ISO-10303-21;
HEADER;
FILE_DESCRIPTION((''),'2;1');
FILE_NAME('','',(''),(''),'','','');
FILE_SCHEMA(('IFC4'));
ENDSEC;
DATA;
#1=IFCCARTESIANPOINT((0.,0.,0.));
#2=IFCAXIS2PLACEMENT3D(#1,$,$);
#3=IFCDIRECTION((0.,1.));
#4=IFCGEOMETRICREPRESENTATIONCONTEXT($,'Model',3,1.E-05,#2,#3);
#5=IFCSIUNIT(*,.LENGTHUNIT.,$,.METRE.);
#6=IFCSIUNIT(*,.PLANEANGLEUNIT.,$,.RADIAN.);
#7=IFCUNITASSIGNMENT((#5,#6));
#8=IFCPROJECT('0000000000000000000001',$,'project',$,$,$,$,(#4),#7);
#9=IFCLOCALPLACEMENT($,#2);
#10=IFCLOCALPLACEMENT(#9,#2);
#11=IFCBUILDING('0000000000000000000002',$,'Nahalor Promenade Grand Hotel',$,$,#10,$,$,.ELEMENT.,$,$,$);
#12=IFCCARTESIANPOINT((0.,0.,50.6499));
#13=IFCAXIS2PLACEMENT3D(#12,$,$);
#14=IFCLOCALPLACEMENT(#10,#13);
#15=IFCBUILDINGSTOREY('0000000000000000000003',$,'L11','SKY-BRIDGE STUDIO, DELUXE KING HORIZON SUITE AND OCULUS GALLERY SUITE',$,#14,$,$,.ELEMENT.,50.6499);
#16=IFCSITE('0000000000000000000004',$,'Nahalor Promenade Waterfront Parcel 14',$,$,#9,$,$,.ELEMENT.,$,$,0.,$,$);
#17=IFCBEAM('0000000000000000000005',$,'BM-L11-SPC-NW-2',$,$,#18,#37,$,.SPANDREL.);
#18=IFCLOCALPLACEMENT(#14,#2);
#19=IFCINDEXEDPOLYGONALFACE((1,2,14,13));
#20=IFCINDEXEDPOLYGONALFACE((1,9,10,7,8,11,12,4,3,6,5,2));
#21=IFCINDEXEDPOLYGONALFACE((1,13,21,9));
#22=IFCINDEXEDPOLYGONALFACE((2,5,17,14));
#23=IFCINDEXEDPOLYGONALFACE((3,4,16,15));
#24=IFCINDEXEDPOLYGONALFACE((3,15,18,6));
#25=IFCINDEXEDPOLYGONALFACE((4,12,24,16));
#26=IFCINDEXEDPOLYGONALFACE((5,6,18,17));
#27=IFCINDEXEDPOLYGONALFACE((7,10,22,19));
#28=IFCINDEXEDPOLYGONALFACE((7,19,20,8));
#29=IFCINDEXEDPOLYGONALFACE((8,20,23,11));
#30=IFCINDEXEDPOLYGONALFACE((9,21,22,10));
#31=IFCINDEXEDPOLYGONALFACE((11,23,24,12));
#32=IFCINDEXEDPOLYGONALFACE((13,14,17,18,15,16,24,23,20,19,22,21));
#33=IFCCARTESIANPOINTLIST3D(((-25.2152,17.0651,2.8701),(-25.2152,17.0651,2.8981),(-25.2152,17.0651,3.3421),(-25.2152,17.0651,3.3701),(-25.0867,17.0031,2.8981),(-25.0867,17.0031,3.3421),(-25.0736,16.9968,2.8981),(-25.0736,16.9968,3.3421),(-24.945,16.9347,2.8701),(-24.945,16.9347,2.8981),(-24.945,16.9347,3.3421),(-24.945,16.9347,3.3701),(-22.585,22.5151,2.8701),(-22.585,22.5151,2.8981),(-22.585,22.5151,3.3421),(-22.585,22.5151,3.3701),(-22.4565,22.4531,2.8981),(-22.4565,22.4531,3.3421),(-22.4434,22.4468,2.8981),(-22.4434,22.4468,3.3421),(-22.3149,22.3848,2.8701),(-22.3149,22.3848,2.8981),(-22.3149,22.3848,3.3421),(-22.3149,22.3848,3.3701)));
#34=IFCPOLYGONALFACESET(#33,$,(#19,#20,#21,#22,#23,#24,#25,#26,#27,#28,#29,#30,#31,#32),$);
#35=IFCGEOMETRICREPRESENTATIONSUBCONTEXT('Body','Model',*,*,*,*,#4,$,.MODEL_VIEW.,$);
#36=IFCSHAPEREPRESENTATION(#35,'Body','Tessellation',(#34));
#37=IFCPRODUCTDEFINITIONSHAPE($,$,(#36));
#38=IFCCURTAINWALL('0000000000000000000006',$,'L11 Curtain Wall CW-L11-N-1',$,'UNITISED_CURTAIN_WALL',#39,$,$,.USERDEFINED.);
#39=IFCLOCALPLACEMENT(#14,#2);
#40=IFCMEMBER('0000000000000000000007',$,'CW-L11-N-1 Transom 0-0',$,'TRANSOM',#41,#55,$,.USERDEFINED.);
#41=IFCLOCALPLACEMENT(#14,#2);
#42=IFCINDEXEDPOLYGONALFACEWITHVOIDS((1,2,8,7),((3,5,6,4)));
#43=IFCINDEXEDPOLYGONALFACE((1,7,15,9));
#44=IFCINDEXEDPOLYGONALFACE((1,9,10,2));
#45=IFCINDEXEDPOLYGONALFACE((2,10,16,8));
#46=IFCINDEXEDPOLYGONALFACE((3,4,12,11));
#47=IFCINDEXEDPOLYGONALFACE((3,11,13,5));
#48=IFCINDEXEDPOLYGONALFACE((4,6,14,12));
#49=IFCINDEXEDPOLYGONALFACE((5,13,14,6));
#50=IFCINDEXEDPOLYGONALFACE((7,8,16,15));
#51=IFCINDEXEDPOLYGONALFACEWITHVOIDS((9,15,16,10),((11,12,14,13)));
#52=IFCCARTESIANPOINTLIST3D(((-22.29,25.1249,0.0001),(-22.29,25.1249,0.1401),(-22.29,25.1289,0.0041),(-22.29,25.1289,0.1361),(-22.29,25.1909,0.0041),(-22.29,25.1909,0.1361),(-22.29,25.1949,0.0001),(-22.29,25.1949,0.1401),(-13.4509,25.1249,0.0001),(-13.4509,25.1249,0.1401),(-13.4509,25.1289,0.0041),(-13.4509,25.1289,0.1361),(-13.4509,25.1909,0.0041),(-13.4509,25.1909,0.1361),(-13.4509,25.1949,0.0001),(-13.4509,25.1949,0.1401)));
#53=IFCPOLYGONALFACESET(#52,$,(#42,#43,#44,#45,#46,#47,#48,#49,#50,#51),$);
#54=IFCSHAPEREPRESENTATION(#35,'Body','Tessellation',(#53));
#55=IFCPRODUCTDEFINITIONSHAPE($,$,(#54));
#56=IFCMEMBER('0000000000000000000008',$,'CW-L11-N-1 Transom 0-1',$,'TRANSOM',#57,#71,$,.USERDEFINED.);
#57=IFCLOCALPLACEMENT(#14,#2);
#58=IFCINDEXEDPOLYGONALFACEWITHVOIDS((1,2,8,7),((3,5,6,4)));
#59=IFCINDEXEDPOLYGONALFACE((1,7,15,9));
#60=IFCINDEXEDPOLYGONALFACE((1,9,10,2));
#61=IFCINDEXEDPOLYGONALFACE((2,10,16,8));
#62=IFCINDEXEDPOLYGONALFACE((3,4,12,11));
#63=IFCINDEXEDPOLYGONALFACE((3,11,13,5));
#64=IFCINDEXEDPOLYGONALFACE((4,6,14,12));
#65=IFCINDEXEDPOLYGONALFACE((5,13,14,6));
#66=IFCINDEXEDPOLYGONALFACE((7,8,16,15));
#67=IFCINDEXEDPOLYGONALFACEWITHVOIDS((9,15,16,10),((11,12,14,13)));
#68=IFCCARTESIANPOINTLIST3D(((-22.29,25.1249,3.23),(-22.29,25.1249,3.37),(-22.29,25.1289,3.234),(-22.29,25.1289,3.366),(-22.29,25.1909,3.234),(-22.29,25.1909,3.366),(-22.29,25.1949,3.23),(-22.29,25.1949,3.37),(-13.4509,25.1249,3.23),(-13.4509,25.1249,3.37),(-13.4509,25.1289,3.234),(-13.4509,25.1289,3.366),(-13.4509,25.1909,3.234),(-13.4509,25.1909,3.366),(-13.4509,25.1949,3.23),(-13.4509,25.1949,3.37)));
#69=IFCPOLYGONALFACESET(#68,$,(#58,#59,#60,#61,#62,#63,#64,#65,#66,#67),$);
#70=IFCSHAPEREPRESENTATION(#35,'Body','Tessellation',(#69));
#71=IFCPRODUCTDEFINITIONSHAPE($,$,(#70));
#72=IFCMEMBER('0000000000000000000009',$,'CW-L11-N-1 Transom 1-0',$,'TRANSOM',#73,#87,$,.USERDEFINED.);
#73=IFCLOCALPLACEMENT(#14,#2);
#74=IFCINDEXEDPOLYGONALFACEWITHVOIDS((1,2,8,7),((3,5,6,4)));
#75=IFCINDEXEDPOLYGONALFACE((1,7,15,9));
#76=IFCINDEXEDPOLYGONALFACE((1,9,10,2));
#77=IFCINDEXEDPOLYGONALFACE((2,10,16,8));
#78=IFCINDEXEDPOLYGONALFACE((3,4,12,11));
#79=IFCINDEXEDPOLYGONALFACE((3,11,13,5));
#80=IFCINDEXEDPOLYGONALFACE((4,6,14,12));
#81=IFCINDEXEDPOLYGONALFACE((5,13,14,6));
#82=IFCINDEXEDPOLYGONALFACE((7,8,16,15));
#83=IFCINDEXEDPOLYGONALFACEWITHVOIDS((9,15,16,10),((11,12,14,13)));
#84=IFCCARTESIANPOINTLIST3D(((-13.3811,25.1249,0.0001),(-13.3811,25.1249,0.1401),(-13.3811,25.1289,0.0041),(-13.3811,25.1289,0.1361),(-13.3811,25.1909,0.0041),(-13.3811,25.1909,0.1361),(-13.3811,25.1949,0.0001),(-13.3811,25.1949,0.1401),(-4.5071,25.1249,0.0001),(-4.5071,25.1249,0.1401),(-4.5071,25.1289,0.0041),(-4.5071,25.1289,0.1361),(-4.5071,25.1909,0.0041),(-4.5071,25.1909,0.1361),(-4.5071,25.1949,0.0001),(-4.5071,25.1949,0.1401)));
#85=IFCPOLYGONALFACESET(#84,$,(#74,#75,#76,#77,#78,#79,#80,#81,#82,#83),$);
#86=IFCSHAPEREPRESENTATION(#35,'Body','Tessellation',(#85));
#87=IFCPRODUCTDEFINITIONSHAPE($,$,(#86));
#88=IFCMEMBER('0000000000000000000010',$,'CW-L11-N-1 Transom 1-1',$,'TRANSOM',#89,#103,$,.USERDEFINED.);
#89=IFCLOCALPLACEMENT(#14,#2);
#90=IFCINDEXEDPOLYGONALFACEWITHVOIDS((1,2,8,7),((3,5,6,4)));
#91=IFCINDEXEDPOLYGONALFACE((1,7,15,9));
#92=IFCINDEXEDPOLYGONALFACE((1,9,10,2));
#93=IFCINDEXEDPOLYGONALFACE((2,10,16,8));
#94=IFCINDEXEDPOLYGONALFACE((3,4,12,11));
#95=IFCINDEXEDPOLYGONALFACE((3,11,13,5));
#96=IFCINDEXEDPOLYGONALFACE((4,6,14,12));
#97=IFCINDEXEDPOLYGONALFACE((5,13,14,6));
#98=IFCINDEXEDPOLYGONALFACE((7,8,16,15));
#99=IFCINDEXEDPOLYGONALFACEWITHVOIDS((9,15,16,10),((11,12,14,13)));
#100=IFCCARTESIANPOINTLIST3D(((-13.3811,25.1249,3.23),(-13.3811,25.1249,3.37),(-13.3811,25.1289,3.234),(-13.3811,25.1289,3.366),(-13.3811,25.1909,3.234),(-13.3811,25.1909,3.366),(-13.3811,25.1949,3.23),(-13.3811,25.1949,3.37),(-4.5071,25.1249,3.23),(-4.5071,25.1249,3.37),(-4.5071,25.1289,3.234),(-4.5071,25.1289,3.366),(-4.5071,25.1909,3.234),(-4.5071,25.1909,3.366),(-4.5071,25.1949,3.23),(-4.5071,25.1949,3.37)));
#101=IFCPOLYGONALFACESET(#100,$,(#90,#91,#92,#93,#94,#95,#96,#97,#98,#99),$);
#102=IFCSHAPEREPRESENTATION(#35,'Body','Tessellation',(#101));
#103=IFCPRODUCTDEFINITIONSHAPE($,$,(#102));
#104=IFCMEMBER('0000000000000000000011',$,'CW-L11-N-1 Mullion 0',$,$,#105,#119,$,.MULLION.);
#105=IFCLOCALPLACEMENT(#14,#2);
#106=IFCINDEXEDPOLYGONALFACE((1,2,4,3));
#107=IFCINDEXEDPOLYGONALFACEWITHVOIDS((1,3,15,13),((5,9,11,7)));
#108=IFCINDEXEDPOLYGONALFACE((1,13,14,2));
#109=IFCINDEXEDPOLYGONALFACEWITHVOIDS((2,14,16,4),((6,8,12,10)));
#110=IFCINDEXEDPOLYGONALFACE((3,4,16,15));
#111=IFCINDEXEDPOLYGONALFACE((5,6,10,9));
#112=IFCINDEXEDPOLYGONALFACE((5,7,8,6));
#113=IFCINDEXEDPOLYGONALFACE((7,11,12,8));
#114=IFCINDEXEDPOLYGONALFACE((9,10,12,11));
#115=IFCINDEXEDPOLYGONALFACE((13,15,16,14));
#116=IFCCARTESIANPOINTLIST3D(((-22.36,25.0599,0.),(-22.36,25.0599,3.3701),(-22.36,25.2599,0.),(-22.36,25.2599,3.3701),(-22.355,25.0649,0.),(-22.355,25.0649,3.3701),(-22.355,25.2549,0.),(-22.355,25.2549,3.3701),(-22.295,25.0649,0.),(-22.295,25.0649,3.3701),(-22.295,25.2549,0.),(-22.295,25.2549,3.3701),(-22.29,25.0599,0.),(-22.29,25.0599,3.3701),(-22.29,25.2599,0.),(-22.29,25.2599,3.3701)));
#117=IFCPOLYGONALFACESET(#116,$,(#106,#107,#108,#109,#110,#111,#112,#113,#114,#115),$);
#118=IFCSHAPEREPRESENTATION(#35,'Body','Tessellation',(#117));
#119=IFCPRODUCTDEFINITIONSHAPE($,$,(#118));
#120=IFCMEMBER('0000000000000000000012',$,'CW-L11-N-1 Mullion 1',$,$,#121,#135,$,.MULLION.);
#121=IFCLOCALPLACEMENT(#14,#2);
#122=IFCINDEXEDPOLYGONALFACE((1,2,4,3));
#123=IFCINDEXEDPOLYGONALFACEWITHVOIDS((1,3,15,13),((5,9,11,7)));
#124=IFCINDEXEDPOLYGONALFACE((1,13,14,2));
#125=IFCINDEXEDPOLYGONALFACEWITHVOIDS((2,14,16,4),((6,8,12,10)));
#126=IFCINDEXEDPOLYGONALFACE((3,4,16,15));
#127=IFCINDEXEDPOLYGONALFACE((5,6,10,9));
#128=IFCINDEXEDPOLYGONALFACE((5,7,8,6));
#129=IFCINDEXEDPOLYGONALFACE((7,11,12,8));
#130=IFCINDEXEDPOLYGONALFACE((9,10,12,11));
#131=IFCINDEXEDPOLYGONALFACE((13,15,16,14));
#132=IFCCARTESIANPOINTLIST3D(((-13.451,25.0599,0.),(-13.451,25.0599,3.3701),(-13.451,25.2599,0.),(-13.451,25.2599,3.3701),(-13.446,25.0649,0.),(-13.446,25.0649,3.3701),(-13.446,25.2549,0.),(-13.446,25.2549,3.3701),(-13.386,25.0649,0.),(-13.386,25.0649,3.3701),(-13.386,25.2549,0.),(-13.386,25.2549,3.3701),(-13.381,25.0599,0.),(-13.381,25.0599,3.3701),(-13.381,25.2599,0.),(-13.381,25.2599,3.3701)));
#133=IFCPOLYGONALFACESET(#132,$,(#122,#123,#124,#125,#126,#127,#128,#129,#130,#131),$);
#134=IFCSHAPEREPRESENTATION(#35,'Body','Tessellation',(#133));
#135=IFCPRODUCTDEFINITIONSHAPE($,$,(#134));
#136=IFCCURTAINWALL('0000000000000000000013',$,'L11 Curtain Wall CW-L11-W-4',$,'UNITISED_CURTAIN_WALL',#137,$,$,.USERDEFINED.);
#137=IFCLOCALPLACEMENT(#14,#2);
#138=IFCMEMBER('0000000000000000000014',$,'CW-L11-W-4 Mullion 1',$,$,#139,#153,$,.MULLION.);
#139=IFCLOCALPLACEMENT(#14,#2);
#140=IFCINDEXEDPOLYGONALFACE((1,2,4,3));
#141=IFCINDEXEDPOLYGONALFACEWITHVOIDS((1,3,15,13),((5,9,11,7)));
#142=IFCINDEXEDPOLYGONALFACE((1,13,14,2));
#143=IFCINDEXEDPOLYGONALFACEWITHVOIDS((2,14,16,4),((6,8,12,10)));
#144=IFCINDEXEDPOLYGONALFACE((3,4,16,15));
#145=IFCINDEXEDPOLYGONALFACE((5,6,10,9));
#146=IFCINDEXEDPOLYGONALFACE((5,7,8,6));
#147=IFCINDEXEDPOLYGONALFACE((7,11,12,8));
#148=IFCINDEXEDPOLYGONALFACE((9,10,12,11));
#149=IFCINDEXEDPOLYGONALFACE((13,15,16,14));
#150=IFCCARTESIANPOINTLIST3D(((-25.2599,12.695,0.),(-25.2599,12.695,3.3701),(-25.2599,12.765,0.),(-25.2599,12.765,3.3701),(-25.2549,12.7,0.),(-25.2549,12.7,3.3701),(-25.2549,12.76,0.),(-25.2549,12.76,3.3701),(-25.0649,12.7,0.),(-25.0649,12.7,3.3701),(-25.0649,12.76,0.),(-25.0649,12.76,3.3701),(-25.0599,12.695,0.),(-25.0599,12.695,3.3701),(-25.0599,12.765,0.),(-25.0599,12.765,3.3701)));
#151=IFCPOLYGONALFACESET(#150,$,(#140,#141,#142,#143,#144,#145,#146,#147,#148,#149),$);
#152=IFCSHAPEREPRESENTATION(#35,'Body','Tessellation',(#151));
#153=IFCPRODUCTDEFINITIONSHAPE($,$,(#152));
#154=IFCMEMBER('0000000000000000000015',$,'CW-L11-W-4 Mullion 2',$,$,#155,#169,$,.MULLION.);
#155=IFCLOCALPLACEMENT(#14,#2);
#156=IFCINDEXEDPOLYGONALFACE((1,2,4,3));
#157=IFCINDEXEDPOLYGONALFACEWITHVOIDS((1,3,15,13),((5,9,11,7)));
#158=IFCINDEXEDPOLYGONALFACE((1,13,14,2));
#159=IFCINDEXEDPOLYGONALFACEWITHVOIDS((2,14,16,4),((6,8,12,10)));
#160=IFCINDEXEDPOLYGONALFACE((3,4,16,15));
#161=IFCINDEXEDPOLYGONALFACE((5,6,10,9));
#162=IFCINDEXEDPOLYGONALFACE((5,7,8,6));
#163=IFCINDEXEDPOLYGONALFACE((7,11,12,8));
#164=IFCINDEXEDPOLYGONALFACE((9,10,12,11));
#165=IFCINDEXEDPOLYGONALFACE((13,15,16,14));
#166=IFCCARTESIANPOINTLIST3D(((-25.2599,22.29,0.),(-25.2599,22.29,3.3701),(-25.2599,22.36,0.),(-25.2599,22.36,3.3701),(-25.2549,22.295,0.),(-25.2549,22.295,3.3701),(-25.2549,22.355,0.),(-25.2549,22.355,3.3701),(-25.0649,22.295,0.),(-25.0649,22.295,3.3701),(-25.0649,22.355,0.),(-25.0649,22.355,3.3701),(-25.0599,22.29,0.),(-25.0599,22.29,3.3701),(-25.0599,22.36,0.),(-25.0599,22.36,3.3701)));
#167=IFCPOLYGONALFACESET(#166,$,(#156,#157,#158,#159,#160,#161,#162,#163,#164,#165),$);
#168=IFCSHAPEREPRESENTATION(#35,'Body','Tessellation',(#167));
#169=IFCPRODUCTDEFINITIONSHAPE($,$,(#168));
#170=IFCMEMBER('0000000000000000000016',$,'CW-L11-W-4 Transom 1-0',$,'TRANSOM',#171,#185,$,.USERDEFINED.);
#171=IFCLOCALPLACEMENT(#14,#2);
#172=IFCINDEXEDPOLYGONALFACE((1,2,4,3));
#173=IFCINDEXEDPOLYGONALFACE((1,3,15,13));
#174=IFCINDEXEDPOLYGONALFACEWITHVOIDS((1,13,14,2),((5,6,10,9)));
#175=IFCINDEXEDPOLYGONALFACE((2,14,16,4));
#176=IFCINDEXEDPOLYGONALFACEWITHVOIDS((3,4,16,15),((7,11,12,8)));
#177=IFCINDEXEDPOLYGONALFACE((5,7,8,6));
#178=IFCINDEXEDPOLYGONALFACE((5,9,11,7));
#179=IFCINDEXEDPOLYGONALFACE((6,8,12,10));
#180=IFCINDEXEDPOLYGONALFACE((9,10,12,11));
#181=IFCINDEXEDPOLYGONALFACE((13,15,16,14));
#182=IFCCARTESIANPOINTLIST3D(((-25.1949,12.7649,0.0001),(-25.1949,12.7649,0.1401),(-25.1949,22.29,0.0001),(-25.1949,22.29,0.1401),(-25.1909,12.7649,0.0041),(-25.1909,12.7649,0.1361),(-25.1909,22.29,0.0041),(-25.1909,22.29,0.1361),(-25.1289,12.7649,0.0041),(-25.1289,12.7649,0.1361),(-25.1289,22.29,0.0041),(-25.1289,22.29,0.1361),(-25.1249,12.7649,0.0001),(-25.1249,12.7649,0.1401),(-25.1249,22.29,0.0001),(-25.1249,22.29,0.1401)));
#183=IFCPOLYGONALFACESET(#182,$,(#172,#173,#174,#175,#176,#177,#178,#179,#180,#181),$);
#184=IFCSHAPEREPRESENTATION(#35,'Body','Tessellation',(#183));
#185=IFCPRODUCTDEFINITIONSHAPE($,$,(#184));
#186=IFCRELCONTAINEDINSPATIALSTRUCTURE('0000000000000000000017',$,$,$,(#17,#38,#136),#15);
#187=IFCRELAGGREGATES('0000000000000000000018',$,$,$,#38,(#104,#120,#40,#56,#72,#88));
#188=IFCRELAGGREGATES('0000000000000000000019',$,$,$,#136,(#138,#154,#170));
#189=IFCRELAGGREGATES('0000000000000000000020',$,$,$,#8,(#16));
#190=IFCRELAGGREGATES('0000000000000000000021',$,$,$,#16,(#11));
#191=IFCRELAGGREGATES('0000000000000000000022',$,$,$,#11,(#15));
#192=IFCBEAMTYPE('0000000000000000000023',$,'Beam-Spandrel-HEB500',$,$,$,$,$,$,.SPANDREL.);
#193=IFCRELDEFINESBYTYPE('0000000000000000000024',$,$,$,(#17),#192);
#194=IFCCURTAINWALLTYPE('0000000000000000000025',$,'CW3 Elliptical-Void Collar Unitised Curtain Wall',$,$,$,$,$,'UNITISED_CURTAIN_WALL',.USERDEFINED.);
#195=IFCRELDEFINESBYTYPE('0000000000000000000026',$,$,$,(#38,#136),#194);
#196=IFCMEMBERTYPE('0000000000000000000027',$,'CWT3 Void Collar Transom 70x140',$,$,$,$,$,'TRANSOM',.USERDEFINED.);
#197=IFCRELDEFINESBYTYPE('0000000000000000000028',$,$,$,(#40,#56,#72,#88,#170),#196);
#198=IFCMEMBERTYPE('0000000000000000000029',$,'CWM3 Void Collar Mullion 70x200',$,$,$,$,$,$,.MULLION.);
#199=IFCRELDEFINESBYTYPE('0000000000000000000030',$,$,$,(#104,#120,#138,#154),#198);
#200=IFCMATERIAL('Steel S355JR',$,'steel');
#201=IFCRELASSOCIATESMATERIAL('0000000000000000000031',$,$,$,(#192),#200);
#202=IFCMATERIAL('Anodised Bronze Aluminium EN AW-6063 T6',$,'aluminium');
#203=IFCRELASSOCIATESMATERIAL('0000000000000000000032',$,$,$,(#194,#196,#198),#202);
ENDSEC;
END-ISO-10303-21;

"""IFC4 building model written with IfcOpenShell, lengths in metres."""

from ifc_helpers import new_model, si_unit, direction, frame, origin, origin_2d, place, context, subcontext, project, spatial, hollow_rectangle, i_section, extrude, source, transform, mapped, material, material_profile, profile_set, type_object, element, aggregate, save


model = new_model("IFC4")

# Units and contexts
model_context = context("Model", 3, precision=1e-05, world=origin(), true_north=direction((0.0, 1.0)))
body_context = subcontext(model_context, "Body", "Model", "MODEL_VIEW")
ifc_project = project(units=[si_unit("LENGTHUNIT", "METRE"), si_unit("PLANEANGLEUNIT", "RADIAN")], contexts=[model_context])

# Site, building, storey
site_placement = place(None, origin())
site = spatial("IfcSite", under=ifc_project, at=site_placement, Name="Nahalor Promenade Waterfront Parcel 14", CompositionType="ELEMENT", RefElevation=0.0)
building_placement = place(site_placement, origin())
building = spatial("IfcBuilding", under=site, at=building_placement, Name="Nahalor Promenade Grand Hotel", CompositionType="ELEMENT")
storey_placement = place(building_placement, frame((0.0, 0.0, 50.6499)))
storey = spatial("IfcBuildingStorey", under=building, at=storey_placement, Name="L11", Description="SKY-BRIDGE STUDIO, DELUXE KING HORIZON SUITE AND OCULUS GALLERY SUITE", CompositionType="ELEMENT", Elevation=50.6499)

# Beam
ifc_material_1 = material(Name="Steel S355JR", Category="steel")
ifc_material_profile_1 = material_profile(ifc_material_1, i_section(OverallWidth=0.3, OverallDepth=0.5, WebThickness=0.0145, FlangeThickness=0.028, at=origin_2d()), Name="HEB 500")
ifc_profile_set_1 = profile_set([ifc_material_profile_1], Name="Steel S355JR")
beam_type_1 = type_object("IfcBeamType", Name="Beam-Spandrel-HEB500", PredefinedType="SPANDREL", material=ifc_profile_set_1)
shared_shape_1 = source(origin(), body_context, "Body", "SweptSolid", [
    extrude(i_section(OverallWidth=0.3, OverallDepth=0.5, WebThickness=0.0145, FlangeThickness=0.028, at=origin_2d()), origin(), (0.0, 0.0, 1.0), 6.0515),
])
for number, where, z_axis, x_axis, name in (
    (1, (-22.45, 22.45, 3.1201), (-0.434631, -0.900609, 0.0), (0.900609, -0.434631, 0.0), "BM-L11-SPC-NW-2"),
):
    element("IfcBeam", number, at=place(storey_placement, frame(where, z_axis=z_axis, x_axis=x_axis)), inside=storey, type_object=beam_type_1, Name=name, PredefinedType="SPANDREL", context=body_context, shape_type="MappedRepresentation", body=[
        mapped(shared_shape_1, transform((0.0, 0.0, 0.0), scale=1.0)),
    ])

# Curtain walls, members
ifc_material_2 = material(Name="Anodised Bronze Aluminium EN AW-6063 T6", Category="aluminium")
curtain_wall_type = type_object("IfcCurtainWallType", Name="CW3 Elliptical-Void Collar Unitised Curtain Wall", ElementType="UNITISED_CURTAIN_WALL", PredefinedType="USERDEFINED", material=ifc_material_2)
curtain_wall_1_placement = place(storey_placement, origin())
curtain_wall_1 = element("IfcCurtainWall", 2, at=curtain_wall_1_placement, inside=storey, type_object=curtain_wall_type, Name="L11 Curtain Wall CW-L11-N-1", ObjectType="UNITISED_CURTAIN_WALL", PredefinedType="USERDEFINED")
ifc_material_profile_2 = material_profile(ifc_material_2, hollow_rectangle(XDim=0.07, YDim=0.14, WallThickness=0.004, at=origin_2d()), Name="CWT 70x140x4")
ifc_profile_set_2 = profile_set([ifc_material_profile_2], Name="Anodised Bronze Aluminium EN AW-6063 T6")
member_type_1 = type_object("IfcMemberType", Name="CWT3 Void Collar Transom 70x140", ElementType="TRANSOM", PredefinedType="USERDEFINED", material=ifc_profile_set_2)
shared_shape_2 = source(origin(), body_context, "Body", "SweptSolid", [
    extrude(hollow_rectangle(XDim=0.07, YDim=0.14, WallThickness=0.004, at=origin_2d()), origin(), (0.0, 0.0, 1.0), 8.8391),
])
member_1_placement = place(storey_placement, frame((-22.29, 25.1599, 0.0701), z_axis=(1.0, 0.0, 0.0), x_axis=(0.0, 1.0, 0.0)))
member_1 = element("IfcMember", 3, at=member_1_placement, type_object=member_type_1, Name="CW-L11-N-1 Transom 0-0", ObjectType="TRANSOM", PredefinedType="USERDEFINED", context=body_context, shape_type="MappedRepresentation", body=[
    mapped(shared_shape_2, transform((0.0, 0.0, 0.0), scale=1.0)),
])
member_2_placement = place(storey_placement, frame((-22.29, 25.1599, 3.3), z_axis=(1.0, 0.0, 0.0), x_axis=(0.0, 1.0, 0.0)))
member_2 = element("IfcMember", 4, at=member_2_placement, type_object=member_type_1, Name="CW-L11-N-1 Transom 0-1", ObjectType="TRANSOM", PredefinedType="USERDEFINED", context=body_context, shape_type="MappedRepresentation", body=[
    mapped(shared_shape_2, transform((0.0, 0.0, 0.0), scale=1.0)),
])
shared_shape_3 = source(origin(), body_context, "Body", "SweptSolid", [
    extrude(hollow_rectangle(XDim=0.07, YDim=0.14, WallThickness=0.004, at=origin_2d()), origin(), (0.0, 0.0, 1.0), 8.874),
])
member_3_placement = place(storey_placement, frame((-13.3811, 25.1599, 0.0701), z_axis=(1.0, 0.0, 0.0), x_axis=(0.0, 1.0, 0.0)))
member_3 = element("IfcMember", 5, at=member_3_placement, type_object=member_type_1, Name="CW-L11-N-1 Transom 1-0", ObjectType="TRANSOM", PredefinedType="USERDEFINED", context=body_context, shape_type="MappedRepresentation", body=[
    mapped(shared_shape_3, transform((0.0, 0.0, 0.0), scale=1.0)),
])
member_4_placement = place(storey_placement, frame((-13.3811, 25.1599, 3.3), z_axis=(1.0, 0.0, 0.0), x_axis=(0.0, 1.0, 0.0)))
member_4 = element("IfcMember", 6, at=member_4_placement, type_object=member_type_1, Name="CW-L11-N-1 Transom 1-1", ObjectType="TRANSOM", PredefinedType="USERDEFINED", context=body_context, shape_type="MappedRepresentation", body=[
    mapped(shared_shape_3, transform((0.0, 0.0, 0.0), scale=1.0)),
])
ifc_material_profile_3 = material_profile(ifc_material_2, hollow_rectangle(XDim=0.07, YDim=0.2, WallThickness=0.005, at=origin_2d()), Name="CWM 70x200x5")
ifc_profile_set_3 = profile_set([ifc_material_profile_3], Name="Anodised Bronze Aluminium EN AW-6063 T6")
member_type_2 = type_object("IfcMemberType", Name="CWM3 Void Collar Mullion 70x200", PredefinedType="MULLION", material=ifc_profile_set_3)
shared_shape_4 = source(origin(), body_context, "Body", "SweptSolid", [
    extrude(hollow_rectangle(XDim=0.07, YDim=0.2, WallThickness=0.005, at=origin_2d()), origin(), (0.0, 0.0, 1.0), 3.3701),
])
member_5_placement = place(storey_placement, frame((-22.325, 25.1599, 0.0), z_axis=(0.0, 0.0, 1.0), x_axis=(1.0, 0.0, 0.0)))
member_5 = element("IfcMember", 7, at=member_5_placement, type_object=member_type_2, Name="CW-L11-N-1 Mullion 0", PredefinedType="MULLION", context=body_context, shape_type="MappedRepresentation", body=[
    mapped(shared_shape_4, transform((0.0, 0.0, 0.0), scale=1.0)),
])
member_6_placement = place(storey_placement, frame((-13.416, 25.1599, 0.0), z_axis=(0.0, 0.0, 1.0), x_axis=(1.0, 0.0, 0.0)))
member_6 = element("IfcMember", 8, at=member_6_placement, type_object=member_type_2, Name="CW-L11-N-1 Mullion 1", PredefinedType="MULLION", context=body_context, shape_type="MappedRepresentation", body=[
    mapped(shared_shape_4, transform((0.0, 0.0, 0.0), scale=1.0)),
])
curtain_wall_2_placement = place(storey_placement, origin())
curtain_wall_2 = element("IfcCurtainWall", 9, at=curtain_wall_2_placement, inside=storey, type_object=curtain_wall_type, Name="L11 Curtain Wall CW-L11-W-4", ObjectType="UNITISED_CURTAIN_WALL", PredefinedType="USERDEFINED")
member_7_placement = place(storey_placement, frame((-25.1599, 12.73, 0.0), z_axis=(0.0, 0.0, 1.0), x_axis=(0.0, 1.0, 0.0)))
member_7 = element("IfcMember", 10, at=member_7_placement, type_object=member_type_2, Name="CW-L11-W-4 Mullion 1", PredefinedType="MULLION", context=body_context, shape_type="MappedRepresentation", body=[
    mapped(shared_shape_4, transform((0.0, 0.0, 0.0), scale=1.0)),
])
member_8_placement = place(storey_placement, frame((-25.1599, 22.325, 0.0), z_axis=(0.0, 0.0, 1.0), x_axis=(0.0, 1.0, 0.0)))
member_8 = element("IfcMember", 11, at=member_8_placement, type_object=member_type_2, Name="CW-L11-W-4 Mullion 2", PredefinedType="MULLION", context=body_context, shape_type="MappedRepresentation", body=[
    mapped(shared_shape_4, transform((0.0, 0.0, 0.0), scale=1.0)),
])
shared_shape_5 = source(origin(), body_context, "Body", "SweptSolid", [
    extrude(hollow_rectangle(XDim=0.07, YDim=0.14, WallThickness=0.004, at=origin_2d()), origin(), (0.0, 0.0, 1.0), 9.5251),
])
member_9_placement = place(storey_placement, frame((-25.1599, 12.7649, 0.0701), z_axis=(0.0, 1.0, 0.0), x_axis=(-1.0, 0.0, 0.0)))
member_9 = element("IfcMember", 12, at=member_9_placement, type_object=member_type_1, Name="CW-L11-W-4 Transom 1-0", ObjectType="TRANSOM", PredefinedType="USERDEFINED", context=body_context, shape_type="MappedRepresentation", body=[
    mapped(shared_shape_5, transform((0.0, 0.0, 0.0), scale=1.0)),
])

aggregate(curtain_wall_1, [member_5, member_6, member_1, member_2, member_3, member_4])
aggregate(curtain_wall_2, [member_7, member_8, member_9])

save(model, "model.ifc")
